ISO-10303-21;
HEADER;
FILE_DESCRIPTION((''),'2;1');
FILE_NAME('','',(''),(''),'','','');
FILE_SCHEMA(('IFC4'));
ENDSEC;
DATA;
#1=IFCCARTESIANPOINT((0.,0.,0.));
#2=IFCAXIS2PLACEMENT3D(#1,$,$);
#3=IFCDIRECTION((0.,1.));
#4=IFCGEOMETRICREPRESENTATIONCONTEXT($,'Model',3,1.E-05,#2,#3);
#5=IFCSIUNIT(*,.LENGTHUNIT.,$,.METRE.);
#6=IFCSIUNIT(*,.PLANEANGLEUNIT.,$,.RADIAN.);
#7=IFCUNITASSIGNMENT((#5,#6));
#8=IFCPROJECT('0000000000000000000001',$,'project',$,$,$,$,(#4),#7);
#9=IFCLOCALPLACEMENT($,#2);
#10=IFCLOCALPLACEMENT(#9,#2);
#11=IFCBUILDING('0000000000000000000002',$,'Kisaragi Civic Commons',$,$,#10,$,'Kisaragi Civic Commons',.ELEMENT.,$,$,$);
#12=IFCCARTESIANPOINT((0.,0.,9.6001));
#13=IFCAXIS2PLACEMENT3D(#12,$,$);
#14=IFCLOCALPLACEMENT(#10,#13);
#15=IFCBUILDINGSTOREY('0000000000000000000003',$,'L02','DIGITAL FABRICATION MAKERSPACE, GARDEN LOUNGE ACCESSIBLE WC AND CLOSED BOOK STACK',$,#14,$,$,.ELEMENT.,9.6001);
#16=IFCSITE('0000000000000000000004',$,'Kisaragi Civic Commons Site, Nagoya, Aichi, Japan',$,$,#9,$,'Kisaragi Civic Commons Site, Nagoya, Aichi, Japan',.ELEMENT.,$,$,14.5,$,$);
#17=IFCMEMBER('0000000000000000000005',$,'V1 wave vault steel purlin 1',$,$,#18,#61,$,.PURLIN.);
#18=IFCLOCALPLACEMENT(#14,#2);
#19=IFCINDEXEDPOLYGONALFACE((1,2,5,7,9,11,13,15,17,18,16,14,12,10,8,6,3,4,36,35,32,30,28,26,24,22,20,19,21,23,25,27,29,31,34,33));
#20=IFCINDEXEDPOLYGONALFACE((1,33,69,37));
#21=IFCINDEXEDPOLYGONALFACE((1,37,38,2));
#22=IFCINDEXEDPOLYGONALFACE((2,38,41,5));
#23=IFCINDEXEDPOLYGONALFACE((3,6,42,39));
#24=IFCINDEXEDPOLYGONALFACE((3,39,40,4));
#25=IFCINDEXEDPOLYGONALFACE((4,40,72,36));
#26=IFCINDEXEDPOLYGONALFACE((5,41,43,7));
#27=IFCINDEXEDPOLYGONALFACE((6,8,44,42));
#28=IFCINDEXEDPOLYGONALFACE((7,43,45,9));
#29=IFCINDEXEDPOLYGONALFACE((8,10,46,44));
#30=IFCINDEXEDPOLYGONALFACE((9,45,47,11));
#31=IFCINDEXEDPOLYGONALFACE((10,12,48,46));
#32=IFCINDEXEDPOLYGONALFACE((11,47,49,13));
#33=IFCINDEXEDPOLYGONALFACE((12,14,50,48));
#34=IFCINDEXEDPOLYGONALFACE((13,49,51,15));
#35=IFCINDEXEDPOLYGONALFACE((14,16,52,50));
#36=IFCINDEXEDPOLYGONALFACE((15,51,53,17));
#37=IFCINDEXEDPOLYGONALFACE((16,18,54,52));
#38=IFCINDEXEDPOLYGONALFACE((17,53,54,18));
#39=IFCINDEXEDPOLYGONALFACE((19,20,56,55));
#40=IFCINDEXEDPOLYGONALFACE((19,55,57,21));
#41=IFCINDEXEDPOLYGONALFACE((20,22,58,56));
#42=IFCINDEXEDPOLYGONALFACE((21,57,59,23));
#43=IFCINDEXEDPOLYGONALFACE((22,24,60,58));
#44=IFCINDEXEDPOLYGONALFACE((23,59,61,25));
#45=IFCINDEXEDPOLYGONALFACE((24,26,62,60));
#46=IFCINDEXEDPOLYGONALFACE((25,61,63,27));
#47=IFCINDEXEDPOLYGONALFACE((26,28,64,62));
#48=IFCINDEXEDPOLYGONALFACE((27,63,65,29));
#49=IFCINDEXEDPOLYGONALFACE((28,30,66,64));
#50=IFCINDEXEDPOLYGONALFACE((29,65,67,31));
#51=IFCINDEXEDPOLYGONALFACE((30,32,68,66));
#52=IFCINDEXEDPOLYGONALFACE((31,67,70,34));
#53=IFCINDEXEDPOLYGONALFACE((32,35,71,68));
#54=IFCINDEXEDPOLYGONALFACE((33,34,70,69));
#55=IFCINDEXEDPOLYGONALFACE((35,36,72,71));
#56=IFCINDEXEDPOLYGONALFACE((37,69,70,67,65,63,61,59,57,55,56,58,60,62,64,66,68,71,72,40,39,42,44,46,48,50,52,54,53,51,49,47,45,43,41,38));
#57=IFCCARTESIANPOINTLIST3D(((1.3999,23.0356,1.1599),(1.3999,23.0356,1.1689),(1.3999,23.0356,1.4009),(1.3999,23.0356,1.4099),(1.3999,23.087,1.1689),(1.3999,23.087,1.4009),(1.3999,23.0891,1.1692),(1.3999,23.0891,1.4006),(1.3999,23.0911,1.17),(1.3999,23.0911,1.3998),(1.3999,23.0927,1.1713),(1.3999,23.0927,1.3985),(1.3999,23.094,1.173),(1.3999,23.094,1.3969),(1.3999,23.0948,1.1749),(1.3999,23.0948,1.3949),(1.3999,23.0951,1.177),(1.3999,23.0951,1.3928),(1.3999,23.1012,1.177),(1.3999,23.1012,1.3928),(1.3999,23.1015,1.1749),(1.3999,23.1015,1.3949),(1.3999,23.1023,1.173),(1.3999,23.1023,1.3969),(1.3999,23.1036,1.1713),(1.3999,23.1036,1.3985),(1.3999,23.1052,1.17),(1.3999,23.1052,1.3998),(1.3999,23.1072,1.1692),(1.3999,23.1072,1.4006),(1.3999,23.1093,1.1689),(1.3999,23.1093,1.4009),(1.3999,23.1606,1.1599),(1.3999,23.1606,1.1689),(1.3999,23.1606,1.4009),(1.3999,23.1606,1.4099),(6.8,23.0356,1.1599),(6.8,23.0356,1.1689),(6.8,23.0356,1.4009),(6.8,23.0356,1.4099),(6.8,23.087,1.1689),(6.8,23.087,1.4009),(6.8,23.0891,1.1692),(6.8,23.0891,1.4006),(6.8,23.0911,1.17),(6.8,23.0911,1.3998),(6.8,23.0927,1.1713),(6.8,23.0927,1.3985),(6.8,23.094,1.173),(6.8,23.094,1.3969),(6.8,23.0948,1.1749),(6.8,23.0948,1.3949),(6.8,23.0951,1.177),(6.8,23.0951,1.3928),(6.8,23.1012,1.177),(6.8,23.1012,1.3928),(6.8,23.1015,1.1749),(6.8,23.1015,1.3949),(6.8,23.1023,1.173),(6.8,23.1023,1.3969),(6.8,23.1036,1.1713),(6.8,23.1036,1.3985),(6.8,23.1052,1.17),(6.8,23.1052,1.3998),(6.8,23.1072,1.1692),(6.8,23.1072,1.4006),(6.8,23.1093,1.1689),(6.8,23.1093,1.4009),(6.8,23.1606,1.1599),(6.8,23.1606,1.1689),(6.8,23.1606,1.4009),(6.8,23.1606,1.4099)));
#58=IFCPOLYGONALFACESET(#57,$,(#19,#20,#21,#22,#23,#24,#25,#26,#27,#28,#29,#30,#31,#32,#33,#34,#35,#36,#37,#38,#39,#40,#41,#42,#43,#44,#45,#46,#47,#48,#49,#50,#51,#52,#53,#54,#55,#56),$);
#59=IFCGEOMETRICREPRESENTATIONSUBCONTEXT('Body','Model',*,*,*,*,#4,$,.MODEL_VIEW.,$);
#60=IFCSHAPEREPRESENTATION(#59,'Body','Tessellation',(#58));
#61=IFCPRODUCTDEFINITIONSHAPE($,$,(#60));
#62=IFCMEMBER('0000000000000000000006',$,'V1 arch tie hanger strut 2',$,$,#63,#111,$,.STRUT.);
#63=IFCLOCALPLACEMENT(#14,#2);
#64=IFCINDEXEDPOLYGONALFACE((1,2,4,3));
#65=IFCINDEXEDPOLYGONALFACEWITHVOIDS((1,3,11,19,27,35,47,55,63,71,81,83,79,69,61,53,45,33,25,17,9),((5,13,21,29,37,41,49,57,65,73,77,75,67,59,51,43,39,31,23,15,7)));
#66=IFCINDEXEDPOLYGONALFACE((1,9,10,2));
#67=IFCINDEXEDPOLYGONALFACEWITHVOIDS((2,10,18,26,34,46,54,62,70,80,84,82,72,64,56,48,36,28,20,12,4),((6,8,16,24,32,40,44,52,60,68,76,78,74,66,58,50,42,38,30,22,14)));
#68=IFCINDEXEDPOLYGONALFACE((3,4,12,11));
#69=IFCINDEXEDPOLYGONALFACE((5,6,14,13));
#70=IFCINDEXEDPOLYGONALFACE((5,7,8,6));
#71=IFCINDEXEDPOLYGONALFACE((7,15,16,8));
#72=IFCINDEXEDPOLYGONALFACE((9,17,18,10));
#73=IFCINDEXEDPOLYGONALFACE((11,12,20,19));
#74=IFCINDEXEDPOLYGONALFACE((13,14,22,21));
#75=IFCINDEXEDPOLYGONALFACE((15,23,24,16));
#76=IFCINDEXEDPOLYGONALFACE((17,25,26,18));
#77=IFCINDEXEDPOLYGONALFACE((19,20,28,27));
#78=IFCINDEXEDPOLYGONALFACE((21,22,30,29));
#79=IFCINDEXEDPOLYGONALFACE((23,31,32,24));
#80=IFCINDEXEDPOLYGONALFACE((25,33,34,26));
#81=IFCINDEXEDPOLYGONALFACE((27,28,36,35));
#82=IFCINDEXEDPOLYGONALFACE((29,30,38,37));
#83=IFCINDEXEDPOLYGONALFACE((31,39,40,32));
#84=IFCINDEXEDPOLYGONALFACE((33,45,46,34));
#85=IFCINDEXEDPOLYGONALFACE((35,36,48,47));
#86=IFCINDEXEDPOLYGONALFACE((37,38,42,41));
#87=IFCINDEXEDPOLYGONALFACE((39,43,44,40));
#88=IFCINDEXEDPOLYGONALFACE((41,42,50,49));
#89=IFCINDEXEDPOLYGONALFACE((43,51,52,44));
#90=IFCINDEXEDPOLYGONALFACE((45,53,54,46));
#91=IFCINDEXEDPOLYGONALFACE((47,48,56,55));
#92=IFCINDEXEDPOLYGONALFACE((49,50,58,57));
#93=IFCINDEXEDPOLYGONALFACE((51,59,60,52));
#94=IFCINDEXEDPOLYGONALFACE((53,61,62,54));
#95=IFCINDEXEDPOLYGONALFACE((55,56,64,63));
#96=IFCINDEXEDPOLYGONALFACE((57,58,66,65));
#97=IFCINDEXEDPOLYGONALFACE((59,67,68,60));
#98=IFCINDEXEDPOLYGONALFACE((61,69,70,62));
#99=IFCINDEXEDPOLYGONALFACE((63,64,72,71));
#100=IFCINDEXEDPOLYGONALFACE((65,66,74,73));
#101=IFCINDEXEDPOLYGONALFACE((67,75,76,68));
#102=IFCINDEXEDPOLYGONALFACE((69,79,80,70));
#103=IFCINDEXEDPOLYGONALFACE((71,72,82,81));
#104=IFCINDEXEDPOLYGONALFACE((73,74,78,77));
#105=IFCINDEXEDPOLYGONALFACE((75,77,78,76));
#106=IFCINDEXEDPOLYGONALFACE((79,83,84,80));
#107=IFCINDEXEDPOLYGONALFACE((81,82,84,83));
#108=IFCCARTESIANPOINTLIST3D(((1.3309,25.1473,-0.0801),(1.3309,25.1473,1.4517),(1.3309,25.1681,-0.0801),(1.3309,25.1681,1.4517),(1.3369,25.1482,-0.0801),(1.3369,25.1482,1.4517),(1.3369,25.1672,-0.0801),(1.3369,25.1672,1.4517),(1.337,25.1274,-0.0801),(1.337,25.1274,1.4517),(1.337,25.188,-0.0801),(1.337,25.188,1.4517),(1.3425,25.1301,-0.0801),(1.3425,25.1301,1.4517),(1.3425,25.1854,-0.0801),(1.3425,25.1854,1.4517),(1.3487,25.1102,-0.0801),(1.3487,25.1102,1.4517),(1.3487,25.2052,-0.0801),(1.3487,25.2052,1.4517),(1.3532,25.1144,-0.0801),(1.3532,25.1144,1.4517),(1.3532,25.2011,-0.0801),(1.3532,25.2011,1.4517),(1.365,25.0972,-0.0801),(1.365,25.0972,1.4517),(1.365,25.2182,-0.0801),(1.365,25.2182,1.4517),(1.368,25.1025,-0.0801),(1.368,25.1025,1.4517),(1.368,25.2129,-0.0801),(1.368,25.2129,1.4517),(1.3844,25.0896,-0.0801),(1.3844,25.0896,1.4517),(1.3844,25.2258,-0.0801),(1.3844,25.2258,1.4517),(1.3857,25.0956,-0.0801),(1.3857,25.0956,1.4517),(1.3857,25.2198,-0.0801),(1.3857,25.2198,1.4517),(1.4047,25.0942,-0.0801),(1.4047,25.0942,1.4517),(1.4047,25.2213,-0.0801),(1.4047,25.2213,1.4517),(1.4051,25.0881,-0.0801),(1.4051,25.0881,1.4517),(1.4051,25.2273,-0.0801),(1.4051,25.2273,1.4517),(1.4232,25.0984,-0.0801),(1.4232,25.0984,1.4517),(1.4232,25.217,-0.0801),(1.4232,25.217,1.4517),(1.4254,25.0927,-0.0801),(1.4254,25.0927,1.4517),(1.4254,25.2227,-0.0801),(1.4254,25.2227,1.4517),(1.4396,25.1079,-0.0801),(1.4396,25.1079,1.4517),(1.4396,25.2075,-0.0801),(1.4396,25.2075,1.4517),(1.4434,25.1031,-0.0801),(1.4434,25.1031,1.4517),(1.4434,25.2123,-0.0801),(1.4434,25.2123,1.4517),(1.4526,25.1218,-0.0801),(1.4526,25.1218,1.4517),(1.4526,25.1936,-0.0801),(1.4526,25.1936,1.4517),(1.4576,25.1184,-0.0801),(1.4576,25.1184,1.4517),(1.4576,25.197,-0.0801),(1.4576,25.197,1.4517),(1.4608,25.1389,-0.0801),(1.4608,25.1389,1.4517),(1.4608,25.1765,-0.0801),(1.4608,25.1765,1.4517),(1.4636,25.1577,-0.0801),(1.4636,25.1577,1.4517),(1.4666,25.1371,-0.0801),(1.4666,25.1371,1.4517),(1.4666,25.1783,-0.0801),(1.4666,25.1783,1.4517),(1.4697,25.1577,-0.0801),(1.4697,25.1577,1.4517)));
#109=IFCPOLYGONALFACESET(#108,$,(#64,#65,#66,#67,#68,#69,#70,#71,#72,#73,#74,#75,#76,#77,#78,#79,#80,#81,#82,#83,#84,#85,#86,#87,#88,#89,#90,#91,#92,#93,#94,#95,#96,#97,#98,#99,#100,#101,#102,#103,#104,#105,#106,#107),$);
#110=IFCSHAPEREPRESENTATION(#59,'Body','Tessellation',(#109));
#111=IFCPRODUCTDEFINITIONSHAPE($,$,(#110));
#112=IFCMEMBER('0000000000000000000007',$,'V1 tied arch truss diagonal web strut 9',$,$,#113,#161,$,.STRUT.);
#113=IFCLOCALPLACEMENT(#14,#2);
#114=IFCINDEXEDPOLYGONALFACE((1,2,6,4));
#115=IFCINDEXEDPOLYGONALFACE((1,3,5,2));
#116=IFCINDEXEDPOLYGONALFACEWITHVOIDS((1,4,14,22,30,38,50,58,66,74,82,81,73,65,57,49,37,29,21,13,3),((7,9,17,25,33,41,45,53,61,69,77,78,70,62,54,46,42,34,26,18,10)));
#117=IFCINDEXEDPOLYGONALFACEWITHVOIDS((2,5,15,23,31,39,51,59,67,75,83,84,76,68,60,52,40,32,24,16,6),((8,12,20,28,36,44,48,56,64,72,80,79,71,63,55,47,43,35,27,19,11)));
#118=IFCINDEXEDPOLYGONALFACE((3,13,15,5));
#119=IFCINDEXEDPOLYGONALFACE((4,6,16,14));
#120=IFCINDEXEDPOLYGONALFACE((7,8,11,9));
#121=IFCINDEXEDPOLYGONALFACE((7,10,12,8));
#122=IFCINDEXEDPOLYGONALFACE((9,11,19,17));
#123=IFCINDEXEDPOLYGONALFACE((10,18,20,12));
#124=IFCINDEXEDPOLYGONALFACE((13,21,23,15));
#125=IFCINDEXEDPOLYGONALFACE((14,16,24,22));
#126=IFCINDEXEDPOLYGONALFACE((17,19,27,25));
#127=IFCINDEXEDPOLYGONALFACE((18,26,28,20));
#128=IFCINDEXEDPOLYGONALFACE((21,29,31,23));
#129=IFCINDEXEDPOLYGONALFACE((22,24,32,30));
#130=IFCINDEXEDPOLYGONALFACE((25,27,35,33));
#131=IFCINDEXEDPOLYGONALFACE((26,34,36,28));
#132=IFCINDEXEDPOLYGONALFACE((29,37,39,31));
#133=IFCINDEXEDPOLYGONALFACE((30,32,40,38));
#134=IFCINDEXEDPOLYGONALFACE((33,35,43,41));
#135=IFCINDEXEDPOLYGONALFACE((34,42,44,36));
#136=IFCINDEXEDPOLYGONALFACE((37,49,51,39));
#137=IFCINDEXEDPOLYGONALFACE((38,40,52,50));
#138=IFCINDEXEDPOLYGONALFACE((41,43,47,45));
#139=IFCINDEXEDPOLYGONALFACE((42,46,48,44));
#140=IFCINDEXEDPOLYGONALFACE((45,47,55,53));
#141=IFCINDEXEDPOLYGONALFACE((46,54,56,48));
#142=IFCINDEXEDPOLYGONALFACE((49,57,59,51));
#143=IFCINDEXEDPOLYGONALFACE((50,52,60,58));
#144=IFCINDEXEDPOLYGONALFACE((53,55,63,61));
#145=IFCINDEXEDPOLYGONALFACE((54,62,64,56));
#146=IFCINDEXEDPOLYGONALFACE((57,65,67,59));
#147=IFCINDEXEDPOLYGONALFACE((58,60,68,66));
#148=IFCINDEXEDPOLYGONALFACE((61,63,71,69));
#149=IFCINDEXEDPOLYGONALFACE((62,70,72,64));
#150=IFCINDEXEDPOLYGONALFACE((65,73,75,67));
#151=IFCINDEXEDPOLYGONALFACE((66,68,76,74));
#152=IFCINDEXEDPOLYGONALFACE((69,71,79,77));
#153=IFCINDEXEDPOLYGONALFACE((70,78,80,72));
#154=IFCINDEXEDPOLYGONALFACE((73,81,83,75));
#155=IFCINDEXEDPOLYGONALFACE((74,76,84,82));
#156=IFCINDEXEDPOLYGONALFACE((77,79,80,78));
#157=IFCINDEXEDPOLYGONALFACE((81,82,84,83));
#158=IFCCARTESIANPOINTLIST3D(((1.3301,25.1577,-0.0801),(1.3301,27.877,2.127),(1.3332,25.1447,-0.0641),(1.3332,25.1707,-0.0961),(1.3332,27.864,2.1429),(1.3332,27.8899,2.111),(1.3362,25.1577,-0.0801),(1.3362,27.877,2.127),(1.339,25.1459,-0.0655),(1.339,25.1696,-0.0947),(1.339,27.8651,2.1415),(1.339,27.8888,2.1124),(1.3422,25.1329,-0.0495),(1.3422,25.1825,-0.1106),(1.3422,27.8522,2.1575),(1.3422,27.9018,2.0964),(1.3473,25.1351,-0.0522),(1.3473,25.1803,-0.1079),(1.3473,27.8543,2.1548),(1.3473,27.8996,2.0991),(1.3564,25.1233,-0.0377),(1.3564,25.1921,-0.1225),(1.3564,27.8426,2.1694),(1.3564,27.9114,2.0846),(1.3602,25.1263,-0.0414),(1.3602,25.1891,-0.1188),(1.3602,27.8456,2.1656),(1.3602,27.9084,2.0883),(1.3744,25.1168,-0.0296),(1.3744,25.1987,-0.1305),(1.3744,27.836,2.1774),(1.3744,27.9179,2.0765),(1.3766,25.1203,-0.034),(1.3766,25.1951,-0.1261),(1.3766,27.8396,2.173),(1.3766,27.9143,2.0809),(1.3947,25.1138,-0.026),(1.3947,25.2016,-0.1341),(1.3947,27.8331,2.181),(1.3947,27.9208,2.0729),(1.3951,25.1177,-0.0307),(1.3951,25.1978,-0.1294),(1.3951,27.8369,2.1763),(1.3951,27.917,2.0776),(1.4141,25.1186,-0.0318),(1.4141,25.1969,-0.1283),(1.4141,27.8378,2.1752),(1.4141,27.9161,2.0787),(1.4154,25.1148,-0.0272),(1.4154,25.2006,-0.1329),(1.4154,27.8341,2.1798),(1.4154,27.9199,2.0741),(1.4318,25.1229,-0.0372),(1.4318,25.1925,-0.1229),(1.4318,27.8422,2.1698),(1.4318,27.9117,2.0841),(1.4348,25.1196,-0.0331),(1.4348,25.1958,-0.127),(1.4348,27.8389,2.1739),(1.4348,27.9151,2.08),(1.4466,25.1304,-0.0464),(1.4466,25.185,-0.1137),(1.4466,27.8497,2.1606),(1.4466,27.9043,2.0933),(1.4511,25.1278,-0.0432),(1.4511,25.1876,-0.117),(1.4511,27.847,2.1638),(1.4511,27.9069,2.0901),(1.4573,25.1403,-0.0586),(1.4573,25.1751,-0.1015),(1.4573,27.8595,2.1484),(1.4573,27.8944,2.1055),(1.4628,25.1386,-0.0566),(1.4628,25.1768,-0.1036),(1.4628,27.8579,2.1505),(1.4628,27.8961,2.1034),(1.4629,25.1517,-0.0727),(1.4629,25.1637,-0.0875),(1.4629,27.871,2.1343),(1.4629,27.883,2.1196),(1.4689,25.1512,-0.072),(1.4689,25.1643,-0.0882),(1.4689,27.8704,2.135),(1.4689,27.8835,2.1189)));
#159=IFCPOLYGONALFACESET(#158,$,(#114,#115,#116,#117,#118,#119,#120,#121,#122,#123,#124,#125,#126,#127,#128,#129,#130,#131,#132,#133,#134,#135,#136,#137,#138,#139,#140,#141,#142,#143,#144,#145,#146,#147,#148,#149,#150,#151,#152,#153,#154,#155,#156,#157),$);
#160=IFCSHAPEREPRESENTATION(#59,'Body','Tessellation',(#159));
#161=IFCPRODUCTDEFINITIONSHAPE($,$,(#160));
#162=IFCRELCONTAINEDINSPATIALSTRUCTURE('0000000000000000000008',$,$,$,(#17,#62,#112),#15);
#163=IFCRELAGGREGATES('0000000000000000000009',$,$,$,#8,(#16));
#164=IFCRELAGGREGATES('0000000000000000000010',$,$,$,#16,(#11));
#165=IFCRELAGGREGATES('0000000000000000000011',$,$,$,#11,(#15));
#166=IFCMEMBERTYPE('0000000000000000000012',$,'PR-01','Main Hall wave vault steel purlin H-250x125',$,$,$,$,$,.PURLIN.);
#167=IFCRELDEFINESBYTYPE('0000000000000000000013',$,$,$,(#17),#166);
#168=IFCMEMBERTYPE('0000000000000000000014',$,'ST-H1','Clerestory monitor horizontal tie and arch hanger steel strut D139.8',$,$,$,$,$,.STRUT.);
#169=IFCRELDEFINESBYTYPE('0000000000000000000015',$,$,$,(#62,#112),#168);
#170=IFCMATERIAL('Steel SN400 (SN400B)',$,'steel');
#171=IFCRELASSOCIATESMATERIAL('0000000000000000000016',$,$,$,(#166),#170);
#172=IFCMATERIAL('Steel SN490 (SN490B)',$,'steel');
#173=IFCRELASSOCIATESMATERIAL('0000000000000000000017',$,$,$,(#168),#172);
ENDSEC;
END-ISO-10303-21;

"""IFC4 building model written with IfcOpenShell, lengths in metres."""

from ifc_helpers import new_model, si_unit, direction, frame, origin, origin_2d, place, context, subcontext, project, spatial, hollow_circle, i_section, extrude, material, material_profile, profile_set, type_object, element, save


model = new_model("IFC4")

# Units and contexts
model_context = context("Model", 3, precision=1e-05, world=origin(), true_north=direction((0.0, 1.0)))
body_context = subcontext(model_context, "Body", "Model", "MODEL_VIEW")
ifc_project = project(units=[si_unit("LENGTHUNIT", "METRE"), si_unit("PLANEANGLEUNIT", "RADIAN")], contexts=[model_context])

# Site, building, storey
site_placement = place(None, origin())
site = spatial("IfcSite", under=ifc_project, at=site_placement, Name="Kisaragi Civic Commons Site, Nagoya, Aichi, Japan", LongName="Kisaragi Civic Commons Site, Nagoya, Aichi, Japan", CompositionType="ELEMENT", RefElevation=14.5)
building_placement = place(site_placement, origin())
building = spatial("IfcBuilding", under=site, at=building_placement, Name="Kisaragi Civic Commons", LongName="Kisaragi Civic Commons", CompositionType="ELEMENT")
storey_placement = place(building_placement, frame((0.0, 0.0, 9.6001)))
storey = spatial("IfcBuildingStorey", under=building, at=storey_placement, Name="L02", Description="DIGITAL FABRICATION MAKERSPACE, GARDEN LOUNGE ACCESSIBLE WC AND CLOSED BOOK STACK", CompositionType="ELEMENT", Elevation=9.6001)

# Members
ifc_material_1 = material(Name="Steel SN490 (SN490B)", Category="steel")
ifc_material_2 = material(Name="Steel SN400 (SN400B)", Category="steel")
ifc_material_profile_1 = material_profile(ifc_material_2, i_section(OverallWidth=0.125, OverallDepth=0.25, WebThickness=0.0061, FlangeThickness=0.009, FilletRadius=0.0081, at=origin_2d()), Name="H-250x125x6x9", Category="steel")
ifc_profile_set_1 = profile_set([ifc_material_profile_1], Name="Steel SN400 (SN400B)")
member_type_1 = type_object("IfcMemberType", Name="PR-01", Description="Main Hall wave vault steel purlin H-250x125", PredefinedType="PURLIN", material=ifc_profile_set_1)
member_1_placement = place(storey_placement, frame((1.3999, 23.0981, 1.2849), z_axis=(1.0, 0.0, 0.0), x_axis=(0.0, 1.0, 0.0)))
element("IfcMember", 1, at=member_1_placement, inside=storey, type_object=member_type_1, Name="V1 wave vault steel purlin 1", PredefinedType="PURLIN", context=body_context, shape_type="SweptSolid", body=[
    extrude(i_section(OverallWidth=0.125, OverallDepth=0.25, WebThickness=0.0061, FlangeThickness=0.009, FilletRadius=0.0081, at=origin_2d()), origin(), (0.0, 0.0, 1.0), 5.4001),
])
ifc_material_profile_2 = material_profile(ifc_material_1, hollow_circle(Radius=0.0698, WallThickness=0.0061, at=origin_2d()), Name="CHS-139.8x6.0", Category="steel")
ifc_profile_set_2 = profile_set([ifc_material_profile_2], Name="Steel SN490 (SN490B)")
member_type_2 = type_object("IfcMemberType", Name="ST-H1", Description="Clerestory monitor horizontal tie and arch hanger steel strut D139.8", PredefinedType="STRUT", material=ifc_profile_set_2)
member_2_placement = place(storey_placement, frame((1.3999, 25.1577, -0.0801), z_axis=(0.0, 0.0, 1.0), x_axis=(1.0, 0.0, 0.0)))
element("IfcMember", 2, at=member_2_placement, inside=storey, type_object=member_type_2, Name="V1 arch tie hanger strut 2", PredefinedType="STRUT", context=body_context, shape_type="SweptSolid", body=[
    extrude(hollow_circle(Radius=0.0698, WallThickness=0.0061, at=origin_2d()), origin(), (0.0, 0.0, 1.0), 1.5317),
])
member_3_placement = place(storey_placement, frame((1.3999, 25.1577, -0.0801), z_axis=(0.0, 0.776442, 0.630188), x_axis=(-1.0, 0.0, 0.0)))
element("IfcMember", 3, at=member_3_placement, inside=storey, type_object=member_type_2, Name="V1 tied arch truss diagonal web strut 9", PredefinedType="STRUT", context=body_context, shape_type="SweptSolid", body=[
    extrude(hollow_circle(Radius=0.0698, WallThickness=0.0061, at=origin_2d()), origin(), (0.0, 0.0, 1.0), 3.5022),
])

save(model, "model.ifc")
